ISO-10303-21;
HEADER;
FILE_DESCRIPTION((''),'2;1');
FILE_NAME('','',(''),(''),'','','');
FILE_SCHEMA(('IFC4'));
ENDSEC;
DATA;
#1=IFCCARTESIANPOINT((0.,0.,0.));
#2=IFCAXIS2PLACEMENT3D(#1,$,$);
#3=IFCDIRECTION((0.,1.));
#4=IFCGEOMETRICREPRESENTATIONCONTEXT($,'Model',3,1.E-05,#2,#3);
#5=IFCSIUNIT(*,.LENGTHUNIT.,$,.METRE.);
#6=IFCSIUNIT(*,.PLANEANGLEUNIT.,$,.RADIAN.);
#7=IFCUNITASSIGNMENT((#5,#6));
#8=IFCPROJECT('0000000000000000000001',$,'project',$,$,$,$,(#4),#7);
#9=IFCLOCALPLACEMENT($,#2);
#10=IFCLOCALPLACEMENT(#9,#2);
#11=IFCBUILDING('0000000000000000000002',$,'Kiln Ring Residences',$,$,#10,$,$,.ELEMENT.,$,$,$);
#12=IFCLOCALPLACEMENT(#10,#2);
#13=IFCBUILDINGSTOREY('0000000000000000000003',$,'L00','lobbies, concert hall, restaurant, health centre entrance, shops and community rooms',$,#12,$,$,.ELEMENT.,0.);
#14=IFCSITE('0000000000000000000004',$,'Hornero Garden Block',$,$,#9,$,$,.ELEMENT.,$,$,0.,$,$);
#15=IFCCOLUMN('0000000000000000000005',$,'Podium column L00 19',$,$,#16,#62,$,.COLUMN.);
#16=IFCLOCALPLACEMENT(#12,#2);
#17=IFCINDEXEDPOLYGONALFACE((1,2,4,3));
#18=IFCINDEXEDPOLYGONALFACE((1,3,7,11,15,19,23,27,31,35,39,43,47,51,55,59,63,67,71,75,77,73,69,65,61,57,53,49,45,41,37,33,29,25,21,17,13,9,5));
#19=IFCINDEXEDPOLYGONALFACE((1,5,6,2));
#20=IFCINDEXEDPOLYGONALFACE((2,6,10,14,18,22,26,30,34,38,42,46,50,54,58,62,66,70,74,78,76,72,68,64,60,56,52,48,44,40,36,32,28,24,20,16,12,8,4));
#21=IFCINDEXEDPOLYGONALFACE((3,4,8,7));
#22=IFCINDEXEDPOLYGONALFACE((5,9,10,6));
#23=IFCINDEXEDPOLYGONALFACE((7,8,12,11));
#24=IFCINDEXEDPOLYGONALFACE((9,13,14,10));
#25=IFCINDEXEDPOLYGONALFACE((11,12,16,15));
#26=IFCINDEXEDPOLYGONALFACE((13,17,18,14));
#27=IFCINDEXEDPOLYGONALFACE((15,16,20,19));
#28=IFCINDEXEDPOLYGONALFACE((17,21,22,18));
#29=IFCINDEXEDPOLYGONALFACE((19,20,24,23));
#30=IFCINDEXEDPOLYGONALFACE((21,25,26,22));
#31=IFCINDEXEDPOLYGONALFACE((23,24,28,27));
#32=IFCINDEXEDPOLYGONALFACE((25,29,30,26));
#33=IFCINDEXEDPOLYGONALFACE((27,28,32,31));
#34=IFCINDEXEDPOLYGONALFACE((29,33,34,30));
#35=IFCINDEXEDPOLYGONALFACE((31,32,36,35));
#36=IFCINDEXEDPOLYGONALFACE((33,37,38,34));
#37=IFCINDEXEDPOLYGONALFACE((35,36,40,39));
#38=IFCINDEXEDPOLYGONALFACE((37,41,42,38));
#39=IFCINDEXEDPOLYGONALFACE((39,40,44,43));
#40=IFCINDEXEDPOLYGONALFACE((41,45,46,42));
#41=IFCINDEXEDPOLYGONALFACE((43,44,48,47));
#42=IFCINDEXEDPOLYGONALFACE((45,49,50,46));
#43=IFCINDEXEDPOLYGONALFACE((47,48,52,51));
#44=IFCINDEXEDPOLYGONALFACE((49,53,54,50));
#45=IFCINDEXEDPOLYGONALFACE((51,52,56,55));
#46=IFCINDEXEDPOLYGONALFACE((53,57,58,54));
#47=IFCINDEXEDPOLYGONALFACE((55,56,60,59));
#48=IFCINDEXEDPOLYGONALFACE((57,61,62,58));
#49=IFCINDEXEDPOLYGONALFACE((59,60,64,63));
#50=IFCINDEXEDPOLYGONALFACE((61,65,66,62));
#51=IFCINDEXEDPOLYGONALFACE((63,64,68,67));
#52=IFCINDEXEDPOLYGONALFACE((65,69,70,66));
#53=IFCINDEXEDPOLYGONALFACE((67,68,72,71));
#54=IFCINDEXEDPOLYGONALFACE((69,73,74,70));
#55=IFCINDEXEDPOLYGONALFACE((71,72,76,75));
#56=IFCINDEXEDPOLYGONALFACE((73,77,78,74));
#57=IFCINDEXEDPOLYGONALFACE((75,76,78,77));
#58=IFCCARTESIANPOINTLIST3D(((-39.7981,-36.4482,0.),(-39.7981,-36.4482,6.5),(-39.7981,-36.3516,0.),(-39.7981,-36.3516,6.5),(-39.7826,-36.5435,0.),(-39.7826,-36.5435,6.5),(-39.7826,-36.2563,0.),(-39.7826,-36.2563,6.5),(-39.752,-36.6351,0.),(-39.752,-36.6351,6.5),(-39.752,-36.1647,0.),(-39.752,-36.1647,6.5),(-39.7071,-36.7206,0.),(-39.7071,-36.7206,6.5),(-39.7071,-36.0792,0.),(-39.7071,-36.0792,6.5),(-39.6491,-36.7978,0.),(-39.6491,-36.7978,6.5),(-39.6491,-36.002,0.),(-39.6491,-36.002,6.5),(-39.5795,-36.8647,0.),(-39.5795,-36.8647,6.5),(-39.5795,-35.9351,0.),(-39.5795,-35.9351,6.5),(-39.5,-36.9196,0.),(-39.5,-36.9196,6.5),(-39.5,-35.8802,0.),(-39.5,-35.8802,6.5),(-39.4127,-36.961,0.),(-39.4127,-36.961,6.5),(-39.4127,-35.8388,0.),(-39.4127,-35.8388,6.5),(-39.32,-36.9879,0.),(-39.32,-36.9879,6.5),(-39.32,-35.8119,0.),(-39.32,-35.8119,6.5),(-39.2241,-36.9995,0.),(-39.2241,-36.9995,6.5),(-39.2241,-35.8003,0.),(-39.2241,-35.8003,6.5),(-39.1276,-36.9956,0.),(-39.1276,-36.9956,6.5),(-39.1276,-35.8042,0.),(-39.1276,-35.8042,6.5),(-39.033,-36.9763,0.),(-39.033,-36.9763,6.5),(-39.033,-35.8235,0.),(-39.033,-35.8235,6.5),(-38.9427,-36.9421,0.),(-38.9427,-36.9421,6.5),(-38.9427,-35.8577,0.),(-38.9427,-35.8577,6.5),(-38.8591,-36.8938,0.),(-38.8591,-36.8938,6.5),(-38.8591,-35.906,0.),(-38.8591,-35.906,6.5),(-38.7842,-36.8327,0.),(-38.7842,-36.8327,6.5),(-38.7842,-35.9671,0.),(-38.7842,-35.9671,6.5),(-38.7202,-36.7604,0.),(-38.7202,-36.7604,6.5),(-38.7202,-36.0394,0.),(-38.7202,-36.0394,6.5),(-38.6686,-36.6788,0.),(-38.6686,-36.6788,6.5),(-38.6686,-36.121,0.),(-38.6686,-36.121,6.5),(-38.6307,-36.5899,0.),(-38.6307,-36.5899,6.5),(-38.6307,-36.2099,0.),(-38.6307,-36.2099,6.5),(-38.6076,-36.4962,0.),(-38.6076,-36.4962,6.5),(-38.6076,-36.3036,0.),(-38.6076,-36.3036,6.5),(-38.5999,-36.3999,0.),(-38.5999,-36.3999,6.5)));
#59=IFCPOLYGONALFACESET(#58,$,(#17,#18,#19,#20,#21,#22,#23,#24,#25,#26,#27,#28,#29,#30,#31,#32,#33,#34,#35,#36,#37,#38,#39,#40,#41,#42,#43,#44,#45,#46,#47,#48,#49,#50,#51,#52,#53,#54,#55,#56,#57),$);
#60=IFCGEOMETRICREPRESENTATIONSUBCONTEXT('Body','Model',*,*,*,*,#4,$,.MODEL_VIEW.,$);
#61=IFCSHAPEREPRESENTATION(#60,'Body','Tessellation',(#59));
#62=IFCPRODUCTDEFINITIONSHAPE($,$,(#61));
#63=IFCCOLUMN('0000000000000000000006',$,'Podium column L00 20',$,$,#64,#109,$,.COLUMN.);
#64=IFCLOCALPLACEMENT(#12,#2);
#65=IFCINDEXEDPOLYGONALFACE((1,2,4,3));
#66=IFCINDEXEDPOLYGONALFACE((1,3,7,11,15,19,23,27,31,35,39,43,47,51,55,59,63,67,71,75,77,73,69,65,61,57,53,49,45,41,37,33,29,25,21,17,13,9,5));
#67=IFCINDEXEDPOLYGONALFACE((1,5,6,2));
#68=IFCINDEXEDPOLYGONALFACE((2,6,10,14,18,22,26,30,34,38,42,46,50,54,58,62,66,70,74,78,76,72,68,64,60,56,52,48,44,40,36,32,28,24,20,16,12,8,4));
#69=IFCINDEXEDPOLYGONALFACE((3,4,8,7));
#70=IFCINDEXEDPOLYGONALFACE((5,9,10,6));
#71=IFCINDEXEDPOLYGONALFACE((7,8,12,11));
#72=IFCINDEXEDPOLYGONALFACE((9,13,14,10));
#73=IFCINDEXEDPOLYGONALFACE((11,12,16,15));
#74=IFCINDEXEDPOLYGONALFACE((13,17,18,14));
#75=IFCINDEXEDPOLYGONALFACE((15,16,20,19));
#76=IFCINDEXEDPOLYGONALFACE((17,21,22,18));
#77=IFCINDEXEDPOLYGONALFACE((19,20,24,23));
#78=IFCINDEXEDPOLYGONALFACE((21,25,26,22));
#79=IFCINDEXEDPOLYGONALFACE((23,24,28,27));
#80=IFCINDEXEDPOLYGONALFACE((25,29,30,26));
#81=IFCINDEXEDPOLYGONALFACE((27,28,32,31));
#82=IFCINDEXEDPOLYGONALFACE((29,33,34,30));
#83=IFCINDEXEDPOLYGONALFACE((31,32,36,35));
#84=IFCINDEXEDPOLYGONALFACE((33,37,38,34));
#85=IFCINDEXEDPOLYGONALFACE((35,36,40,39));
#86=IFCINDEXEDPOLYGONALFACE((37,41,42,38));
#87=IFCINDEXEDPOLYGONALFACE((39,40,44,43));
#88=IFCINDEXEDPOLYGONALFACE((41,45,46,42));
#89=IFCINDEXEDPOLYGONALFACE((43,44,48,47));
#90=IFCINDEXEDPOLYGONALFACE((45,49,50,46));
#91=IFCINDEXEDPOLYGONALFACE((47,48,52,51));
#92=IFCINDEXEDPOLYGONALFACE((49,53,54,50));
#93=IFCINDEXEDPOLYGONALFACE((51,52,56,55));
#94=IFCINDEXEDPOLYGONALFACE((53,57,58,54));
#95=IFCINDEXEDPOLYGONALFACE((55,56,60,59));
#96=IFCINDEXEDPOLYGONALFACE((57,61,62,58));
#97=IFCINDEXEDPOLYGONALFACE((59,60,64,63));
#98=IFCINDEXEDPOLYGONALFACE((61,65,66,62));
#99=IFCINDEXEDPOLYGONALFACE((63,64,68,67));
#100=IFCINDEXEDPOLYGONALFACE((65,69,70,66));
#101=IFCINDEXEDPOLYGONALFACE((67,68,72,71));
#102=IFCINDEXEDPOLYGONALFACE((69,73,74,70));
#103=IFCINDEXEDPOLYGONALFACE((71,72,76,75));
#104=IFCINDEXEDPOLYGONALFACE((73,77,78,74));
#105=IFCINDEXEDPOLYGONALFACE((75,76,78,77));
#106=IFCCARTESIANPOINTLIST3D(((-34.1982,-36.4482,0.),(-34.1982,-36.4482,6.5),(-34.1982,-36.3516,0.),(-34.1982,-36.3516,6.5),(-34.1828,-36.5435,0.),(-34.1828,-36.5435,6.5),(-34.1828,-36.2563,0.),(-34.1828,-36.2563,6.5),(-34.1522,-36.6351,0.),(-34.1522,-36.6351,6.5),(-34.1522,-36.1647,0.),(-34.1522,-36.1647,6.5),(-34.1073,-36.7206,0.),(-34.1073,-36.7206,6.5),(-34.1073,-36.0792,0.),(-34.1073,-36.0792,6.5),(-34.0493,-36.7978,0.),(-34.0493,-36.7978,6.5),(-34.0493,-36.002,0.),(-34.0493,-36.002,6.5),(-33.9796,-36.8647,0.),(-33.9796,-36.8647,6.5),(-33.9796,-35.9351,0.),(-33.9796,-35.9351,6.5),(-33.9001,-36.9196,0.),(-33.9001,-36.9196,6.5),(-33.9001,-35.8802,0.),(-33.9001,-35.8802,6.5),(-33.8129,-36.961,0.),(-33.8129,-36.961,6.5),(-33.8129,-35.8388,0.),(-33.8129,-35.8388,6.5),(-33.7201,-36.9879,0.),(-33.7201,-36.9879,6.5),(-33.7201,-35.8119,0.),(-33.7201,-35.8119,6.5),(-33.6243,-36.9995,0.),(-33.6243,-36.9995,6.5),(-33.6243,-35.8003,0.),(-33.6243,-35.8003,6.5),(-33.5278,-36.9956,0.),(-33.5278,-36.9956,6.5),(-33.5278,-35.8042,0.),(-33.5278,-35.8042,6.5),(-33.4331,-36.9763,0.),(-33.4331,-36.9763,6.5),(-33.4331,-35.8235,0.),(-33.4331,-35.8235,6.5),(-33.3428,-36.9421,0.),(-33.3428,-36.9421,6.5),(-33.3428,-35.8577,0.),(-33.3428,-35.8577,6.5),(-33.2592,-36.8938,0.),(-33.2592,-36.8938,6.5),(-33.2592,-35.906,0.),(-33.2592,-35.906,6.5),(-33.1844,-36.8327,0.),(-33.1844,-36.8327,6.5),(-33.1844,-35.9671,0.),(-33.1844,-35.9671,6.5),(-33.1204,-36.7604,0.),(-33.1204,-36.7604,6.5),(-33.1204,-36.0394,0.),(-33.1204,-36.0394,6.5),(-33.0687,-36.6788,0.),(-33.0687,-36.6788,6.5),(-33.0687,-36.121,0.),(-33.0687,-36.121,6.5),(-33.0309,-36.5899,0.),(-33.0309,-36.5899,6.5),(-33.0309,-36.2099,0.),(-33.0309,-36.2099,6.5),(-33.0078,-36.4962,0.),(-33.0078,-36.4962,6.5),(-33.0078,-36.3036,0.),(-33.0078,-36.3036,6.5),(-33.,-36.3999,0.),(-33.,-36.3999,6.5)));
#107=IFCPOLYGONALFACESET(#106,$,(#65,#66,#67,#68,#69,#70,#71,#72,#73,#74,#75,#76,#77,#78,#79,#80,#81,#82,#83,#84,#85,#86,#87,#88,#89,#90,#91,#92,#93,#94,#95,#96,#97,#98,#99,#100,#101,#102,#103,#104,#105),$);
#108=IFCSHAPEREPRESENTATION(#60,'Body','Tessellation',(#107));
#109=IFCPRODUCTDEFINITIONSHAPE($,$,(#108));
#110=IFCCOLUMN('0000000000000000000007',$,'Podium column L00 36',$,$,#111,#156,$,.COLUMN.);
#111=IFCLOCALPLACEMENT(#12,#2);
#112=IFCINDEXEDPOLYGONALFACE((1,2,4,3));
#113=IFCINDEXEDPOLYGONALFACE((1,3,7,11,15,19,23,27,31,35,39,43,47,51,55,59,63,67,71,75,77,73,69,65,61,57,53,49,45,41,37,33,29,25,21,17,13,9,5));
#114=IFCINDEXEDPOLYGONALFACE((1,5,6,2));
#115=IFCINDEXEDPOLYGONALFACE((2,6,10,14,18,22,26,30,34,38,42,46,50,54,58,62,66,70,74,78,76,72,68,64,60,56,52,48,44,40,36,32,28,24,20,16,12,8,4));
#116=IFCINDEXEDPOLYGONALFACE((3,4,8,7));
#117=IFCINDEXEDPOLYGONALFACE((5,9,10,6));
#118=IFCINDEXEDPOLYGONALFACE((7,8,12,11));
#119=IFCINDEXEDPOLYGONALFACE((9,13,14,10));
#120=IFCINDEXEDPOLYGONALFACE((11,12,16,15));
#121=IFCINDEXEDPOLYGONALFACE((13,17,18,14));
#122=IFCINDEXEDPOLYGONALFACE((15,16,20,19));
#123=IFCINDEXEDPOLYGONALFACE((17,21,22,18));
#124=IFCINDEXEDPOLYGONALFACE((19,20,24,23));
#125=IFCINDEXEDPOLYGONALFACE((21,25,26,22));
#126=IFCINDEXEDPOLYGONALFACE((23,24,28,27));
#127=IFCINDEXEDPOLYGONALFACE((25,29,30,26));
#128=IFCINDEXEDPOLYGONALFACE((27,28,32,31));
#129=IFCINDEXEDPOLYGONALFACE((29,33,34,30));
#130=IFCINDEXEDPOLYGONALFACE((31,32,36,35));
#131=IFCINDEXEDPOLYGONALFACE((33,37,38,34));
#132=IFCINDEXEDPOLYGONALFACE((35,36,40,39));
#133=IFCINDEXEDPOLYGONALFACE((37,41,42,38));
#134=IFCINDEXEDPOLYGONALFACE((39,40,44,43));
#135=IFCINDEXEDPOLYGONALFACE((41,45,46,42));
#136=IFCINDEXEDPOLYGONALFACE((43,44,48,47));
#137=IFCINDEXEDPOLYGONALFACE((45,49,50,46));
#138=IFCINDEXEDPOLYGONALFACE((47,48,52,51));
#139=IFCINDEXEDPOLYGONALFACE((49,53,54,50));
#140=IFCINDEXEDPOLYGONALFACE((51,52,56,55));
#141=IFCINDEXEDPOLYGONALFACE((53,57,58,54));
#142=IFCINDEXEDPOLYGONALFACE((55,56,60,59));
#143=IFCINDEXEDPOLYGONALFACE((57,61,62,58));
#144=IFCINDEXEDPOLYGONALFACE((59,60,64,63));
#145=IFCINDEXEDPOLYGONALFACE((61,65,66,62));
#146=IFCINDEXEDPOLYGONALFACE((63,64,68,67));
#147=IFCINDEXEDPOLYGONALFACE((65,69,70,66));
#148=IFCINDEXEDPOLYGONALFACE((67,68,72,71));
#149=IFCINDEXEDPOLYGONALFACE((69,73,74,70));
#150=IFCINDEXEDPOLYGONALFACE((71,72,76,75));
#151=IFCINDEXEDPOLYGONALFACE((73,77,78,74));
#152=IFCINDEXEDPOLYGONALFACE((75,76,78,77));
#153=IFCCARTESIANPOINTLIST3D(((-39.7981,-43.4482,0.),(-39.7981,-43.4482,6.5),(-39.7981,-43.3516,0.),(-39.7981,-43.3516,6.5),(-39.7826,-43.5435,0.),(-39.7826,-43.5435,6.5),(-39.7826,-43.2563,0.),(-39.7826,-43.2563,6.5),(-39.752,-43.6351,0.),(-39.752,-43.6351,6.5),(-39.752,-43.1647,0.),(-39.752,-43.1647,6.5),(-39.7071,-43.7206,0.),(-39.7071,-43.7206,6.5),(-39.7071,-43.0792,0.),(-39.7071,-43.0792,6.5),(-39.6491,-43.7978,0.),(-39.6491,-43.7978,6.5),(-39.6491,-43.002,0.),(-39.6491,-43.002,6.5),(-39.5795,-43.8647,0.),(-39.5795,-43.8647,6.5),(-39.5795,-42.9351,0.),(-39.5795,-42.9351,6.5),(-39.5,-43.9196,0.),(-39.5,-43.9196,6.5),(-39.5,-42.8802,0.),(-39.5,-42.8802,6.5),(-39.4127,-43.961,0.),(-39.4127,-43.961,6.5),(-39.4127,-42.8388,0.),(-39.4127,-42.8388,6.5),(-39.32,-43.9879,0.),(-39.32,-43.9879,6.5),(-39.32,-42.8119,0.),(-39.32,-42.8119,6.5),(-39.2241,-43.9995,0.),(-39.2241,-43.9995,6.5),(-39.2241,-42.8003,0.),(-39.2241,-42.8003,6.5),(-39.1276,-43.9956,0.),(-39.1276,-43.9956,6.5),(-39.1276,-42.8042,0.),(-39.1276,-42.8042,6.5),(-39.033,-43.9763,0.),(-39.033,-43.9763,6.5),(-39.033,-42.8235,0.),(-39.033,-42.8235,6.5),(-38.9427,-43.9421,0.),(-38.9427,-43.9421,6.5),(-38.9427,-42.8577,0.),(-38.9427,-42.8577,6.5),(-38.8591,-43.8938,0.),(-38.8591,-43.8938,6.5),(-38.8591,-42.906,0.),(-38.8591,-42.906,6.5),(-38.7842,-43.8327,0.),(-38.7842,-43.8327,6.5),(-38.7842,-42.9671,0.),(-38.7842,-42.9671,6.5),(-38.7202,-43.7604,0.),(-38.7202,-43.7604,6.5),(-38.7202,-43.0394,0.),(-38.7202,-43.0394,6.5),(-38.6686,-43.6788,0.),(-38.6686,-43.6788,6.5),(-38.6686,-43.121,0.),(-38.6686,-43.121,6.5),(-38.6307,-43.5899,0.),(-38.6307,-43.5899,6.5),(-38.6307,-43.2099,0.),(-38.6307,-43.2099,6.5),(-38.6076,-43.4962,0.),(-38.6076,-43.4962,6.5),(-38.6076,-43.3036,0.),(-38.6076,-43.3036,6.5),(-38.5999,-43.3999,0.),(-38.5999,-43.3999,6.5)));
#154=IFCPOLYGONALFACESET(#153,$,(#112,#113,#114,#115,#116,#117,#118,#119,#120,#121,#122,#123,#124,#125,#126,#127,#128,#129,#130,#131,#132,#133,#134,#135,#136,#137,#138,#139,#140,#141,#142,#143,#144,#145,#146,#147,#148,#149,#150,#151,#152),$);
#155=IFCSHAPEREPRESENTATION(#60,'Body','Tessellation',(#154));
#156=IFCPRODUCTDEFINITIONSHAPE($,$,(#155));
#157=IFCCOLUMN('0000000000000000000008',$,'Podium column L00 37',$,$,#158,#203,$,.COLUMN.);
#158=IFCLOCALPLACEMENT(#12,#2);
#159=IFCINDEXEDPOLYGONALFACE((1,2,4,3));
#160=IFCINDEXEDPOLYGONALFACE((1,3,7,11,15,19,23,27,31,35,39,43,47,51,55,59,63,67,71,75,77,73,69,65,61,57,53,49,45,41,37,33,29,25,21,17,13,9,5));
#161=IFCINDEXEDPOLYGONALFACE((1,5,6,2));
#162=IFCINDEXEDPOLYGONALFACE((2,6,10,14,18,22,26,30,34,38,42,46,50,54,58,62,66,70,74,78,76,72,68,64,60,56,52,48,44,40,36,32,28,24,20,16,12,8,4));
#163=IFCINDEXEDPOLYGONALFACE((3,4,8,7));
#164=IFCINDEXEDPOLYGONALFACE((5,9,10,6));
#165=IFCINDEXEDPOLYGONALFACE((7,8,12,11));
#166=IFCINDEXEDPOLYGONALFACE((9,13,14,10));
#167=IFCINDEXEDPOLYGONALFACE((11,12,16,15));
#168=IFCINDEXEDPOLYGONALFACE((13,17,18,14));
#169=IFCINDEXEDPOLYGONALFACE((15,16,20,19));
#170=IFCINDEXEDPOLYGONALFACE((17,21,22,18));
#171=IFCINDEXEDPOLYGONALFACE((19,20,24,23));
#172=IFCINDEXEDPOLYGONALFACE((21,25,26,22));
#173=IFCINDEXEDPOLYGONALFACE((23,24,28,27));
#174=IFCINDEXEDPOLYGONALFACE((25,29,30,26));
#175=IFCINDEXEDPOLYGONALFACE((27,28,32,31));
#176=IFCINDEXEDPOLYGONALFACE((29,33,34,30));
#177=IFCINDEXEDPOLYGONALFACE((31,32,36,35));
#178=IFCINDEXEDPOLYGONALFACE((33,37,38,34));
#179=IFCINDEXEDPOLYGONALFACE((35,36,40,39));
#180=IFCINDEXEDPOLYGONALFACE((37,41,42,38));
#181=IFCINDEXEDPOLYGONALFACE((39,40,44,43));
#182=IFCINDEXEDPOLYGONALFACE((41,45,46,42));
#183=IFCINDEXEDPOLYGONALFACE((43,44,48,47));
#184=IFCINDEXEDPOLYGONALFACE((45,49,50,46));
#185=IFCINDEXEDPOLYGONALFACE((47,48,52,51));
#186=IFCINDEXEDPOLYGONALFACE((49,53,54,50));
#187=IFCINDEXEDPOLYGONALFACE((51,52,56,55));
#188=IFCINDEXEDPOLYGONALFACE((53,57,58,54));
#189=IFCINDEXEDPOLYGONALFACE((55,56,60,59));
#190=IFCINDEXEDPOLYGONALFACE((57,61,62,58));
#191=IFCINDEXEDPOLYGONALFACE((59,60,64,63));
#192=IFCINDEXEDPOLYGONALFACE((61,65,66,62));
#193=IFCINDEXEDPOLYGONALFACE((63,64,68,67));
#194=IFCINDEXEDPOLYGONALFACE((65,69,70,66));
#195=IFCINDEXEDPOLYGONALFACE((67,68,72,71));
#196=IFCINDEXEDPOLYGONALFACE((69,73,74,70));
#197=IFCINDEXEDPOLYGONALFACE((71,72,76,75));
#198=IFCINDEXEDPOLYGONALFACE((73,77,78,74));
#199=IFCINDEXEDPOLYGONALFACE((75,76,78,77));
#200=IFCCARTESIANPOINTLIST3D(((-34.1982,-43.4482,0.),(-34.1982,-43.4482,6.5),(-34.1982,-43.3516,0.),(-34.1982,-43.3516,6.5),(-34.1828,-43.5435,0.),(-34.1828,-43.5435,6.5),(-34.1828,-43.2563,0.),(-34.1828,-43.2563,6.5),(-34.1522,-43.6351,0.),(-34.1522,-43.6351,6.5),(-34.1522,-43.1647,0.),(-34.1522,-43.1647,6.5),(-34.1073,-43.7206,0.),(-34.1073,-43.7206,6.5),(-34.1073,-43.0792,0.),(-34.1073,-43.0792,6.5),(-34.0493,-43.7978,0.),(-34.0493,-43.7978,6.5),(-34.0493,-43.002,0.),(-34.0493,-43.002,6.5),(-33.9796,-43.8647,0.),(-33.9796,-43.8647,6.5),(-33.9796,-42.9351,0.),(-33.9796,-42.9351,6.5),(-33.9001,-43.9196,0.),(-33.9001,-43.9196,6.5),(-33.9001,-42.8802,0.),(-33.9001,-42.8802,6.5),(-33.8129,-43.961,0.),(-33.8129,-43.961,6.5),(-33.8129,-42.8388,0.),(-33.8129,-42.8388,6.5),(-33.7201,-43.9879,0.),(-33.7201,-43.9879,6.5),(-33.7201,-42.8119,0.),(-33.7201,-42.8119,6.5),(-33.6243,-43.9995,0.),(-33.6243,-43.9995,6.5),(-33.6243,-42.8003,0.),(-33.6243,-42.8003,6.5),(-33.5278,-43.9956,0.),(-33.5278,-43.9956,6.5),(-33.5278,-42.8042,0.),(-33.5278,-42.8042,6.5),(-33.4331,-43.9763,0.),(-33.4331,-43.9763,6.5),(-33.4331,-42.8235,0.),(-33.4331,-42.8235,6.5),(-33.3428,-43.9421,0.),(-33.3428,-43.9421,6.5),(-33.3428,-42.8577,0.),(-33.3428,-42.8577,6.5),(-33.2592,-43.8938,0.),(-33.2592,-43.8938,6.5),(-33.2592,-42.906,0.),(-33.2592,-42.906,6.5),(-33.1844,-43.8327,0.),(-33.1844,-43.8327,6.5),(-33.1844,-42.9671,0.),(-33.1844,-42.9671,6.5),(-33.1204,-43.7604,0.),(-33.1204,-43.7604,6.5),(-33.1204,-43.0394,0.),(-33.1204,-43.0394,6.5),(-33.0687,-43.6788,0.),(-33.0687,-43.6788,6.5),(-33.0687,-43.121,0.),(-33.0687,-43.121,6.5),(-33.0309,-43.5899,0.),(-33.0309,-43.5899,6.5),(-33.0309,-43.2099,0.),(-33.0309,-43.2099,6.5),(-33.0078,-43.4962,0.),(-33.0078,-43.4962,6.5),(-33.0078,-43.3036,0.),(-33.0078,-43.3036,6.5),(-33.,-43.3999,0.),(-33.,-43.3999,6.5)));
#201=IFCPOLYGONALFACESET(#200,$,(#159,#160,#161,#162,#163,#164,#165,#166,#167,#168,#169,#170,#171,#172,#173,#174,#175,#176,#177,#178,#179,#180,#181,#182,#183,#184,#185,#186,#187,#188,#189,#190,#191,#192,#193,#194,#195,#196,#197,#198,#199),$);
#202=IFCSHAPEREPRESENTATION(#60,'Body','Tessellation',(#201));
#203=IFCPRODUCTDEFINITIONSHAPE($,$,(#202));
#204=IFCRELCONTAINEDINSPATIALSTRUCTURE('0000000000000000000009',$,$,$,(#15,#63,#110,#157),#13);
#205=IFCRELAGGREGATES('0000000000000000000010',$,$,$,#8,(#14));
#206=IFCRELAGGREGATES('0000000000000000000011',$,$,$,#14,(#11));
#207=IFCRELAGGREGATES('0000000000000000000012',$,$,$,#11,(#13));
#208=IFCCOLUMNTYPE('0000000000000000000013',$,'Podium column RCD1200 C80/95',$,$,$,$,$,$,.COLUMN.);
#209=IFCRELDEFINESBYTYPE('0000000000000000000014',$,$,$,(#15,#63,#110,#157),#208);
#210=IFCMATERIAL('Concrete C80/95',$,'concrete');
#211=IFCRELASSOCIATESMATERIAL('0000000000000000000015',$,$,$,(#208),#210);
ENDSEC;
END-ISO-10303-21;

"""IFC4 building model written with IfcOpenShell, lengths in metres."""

from ifc_helpers import new_model, si_unit, direction, frame, origin, origin_2d, place, context, subcontext, project, spatial, circle, extrude, material, material_profile, profile_set, type_object, element, save


model = new_model("IFC4")

# Units and contexts
model_context = context("Model", 3, precision=1e-05, world=origin(), true_north=direction((0.0, 1.0)))
body_context = subcontext(model_context, "Body", "Model", "MODEL_VIEW")
ifc_project = project(units=[si_unit("LENGTHUNIT", "METRE"), si_unit("PLANEANGLEUNIT", "RADIAN")], contexts=[model_context])

# Site, building, storey
site_placement = place(None, origin())
site = spatial("IfcSite", under=ifc_project, at=site_placement, Name="Hornero Garden Block", CompositionType="ELEMENT", RefElevation=0.0)
building_placement = place(site_placement, origin())
building = spatial("IfcBuilding", under=site, at=building_placement, Name="Kiln Ring Residences", CompositionType="ELEMENT")
storey_placement = place(building_placement, origin())
storey = spatial("IfcBuildingStorey", under=building, at=storey_placement, Name="L00", Description="lobbies, concert hall, restaurant, health centre entrance, shops and community rooms", CompositionType="ELEMENT", Elevation=0.0)

# Columns
ifc_material_1 = material(Name="Concrete C80/95", Category="concrete")
ifc_material_profile_1 = material_profile(ifc_material_1, circle(Radius=0.6001, at=origin_2d()), Name="RCD1200")
ifc_profile_set_1 = profile_set([ifc_material_profile_1], Name="Concrete C80/95")
column_type = type_object("IfcColumnType", Name="Podium column RCD1200 C80/95", PredefinedType="COLUMN", material=ifc_profile_set_1)
for number, where, z_axis, x_axis, name in (
    (1, (-39.2, -36.3999, 0.0), (0.0, 0.0, 1.0), (1.0, 0.0, 0.0), "Podium column L00 19"),
    (2, (-33.6001, -36.3999, 0.0), (0.0, 0.0, 1.0), (1.0, 0.0, 0.0), "Podium column L00 20"),
    (3, (-39.2, -43.3999, 0.0), (0.0, 0.0, 1.0), (1.0, 0.0, 0.0), "Podium column L00 36"),
    (4, (-33.6001, -43.3999, 0.0), (0.0, 0.0, 1.0), (1.0, 0.0, 0.0), "Podium column L00 37"),
):
    element("IfcColumn", number, at=place(storey_placement, frame(where, z_axis=z_axis, x_axis=x_axis)), inside=storey, type_object=column_type, Name=name, PredefinedType="COLUMN", context=body_context, shape_type="SweptSolid", body=[
        extrude(circle(Radius=0.6001, at=origin_2d()), origin(), (0.0, 0.0, 1.0), 6.5),
    ])

save(model, "model.ifc")
